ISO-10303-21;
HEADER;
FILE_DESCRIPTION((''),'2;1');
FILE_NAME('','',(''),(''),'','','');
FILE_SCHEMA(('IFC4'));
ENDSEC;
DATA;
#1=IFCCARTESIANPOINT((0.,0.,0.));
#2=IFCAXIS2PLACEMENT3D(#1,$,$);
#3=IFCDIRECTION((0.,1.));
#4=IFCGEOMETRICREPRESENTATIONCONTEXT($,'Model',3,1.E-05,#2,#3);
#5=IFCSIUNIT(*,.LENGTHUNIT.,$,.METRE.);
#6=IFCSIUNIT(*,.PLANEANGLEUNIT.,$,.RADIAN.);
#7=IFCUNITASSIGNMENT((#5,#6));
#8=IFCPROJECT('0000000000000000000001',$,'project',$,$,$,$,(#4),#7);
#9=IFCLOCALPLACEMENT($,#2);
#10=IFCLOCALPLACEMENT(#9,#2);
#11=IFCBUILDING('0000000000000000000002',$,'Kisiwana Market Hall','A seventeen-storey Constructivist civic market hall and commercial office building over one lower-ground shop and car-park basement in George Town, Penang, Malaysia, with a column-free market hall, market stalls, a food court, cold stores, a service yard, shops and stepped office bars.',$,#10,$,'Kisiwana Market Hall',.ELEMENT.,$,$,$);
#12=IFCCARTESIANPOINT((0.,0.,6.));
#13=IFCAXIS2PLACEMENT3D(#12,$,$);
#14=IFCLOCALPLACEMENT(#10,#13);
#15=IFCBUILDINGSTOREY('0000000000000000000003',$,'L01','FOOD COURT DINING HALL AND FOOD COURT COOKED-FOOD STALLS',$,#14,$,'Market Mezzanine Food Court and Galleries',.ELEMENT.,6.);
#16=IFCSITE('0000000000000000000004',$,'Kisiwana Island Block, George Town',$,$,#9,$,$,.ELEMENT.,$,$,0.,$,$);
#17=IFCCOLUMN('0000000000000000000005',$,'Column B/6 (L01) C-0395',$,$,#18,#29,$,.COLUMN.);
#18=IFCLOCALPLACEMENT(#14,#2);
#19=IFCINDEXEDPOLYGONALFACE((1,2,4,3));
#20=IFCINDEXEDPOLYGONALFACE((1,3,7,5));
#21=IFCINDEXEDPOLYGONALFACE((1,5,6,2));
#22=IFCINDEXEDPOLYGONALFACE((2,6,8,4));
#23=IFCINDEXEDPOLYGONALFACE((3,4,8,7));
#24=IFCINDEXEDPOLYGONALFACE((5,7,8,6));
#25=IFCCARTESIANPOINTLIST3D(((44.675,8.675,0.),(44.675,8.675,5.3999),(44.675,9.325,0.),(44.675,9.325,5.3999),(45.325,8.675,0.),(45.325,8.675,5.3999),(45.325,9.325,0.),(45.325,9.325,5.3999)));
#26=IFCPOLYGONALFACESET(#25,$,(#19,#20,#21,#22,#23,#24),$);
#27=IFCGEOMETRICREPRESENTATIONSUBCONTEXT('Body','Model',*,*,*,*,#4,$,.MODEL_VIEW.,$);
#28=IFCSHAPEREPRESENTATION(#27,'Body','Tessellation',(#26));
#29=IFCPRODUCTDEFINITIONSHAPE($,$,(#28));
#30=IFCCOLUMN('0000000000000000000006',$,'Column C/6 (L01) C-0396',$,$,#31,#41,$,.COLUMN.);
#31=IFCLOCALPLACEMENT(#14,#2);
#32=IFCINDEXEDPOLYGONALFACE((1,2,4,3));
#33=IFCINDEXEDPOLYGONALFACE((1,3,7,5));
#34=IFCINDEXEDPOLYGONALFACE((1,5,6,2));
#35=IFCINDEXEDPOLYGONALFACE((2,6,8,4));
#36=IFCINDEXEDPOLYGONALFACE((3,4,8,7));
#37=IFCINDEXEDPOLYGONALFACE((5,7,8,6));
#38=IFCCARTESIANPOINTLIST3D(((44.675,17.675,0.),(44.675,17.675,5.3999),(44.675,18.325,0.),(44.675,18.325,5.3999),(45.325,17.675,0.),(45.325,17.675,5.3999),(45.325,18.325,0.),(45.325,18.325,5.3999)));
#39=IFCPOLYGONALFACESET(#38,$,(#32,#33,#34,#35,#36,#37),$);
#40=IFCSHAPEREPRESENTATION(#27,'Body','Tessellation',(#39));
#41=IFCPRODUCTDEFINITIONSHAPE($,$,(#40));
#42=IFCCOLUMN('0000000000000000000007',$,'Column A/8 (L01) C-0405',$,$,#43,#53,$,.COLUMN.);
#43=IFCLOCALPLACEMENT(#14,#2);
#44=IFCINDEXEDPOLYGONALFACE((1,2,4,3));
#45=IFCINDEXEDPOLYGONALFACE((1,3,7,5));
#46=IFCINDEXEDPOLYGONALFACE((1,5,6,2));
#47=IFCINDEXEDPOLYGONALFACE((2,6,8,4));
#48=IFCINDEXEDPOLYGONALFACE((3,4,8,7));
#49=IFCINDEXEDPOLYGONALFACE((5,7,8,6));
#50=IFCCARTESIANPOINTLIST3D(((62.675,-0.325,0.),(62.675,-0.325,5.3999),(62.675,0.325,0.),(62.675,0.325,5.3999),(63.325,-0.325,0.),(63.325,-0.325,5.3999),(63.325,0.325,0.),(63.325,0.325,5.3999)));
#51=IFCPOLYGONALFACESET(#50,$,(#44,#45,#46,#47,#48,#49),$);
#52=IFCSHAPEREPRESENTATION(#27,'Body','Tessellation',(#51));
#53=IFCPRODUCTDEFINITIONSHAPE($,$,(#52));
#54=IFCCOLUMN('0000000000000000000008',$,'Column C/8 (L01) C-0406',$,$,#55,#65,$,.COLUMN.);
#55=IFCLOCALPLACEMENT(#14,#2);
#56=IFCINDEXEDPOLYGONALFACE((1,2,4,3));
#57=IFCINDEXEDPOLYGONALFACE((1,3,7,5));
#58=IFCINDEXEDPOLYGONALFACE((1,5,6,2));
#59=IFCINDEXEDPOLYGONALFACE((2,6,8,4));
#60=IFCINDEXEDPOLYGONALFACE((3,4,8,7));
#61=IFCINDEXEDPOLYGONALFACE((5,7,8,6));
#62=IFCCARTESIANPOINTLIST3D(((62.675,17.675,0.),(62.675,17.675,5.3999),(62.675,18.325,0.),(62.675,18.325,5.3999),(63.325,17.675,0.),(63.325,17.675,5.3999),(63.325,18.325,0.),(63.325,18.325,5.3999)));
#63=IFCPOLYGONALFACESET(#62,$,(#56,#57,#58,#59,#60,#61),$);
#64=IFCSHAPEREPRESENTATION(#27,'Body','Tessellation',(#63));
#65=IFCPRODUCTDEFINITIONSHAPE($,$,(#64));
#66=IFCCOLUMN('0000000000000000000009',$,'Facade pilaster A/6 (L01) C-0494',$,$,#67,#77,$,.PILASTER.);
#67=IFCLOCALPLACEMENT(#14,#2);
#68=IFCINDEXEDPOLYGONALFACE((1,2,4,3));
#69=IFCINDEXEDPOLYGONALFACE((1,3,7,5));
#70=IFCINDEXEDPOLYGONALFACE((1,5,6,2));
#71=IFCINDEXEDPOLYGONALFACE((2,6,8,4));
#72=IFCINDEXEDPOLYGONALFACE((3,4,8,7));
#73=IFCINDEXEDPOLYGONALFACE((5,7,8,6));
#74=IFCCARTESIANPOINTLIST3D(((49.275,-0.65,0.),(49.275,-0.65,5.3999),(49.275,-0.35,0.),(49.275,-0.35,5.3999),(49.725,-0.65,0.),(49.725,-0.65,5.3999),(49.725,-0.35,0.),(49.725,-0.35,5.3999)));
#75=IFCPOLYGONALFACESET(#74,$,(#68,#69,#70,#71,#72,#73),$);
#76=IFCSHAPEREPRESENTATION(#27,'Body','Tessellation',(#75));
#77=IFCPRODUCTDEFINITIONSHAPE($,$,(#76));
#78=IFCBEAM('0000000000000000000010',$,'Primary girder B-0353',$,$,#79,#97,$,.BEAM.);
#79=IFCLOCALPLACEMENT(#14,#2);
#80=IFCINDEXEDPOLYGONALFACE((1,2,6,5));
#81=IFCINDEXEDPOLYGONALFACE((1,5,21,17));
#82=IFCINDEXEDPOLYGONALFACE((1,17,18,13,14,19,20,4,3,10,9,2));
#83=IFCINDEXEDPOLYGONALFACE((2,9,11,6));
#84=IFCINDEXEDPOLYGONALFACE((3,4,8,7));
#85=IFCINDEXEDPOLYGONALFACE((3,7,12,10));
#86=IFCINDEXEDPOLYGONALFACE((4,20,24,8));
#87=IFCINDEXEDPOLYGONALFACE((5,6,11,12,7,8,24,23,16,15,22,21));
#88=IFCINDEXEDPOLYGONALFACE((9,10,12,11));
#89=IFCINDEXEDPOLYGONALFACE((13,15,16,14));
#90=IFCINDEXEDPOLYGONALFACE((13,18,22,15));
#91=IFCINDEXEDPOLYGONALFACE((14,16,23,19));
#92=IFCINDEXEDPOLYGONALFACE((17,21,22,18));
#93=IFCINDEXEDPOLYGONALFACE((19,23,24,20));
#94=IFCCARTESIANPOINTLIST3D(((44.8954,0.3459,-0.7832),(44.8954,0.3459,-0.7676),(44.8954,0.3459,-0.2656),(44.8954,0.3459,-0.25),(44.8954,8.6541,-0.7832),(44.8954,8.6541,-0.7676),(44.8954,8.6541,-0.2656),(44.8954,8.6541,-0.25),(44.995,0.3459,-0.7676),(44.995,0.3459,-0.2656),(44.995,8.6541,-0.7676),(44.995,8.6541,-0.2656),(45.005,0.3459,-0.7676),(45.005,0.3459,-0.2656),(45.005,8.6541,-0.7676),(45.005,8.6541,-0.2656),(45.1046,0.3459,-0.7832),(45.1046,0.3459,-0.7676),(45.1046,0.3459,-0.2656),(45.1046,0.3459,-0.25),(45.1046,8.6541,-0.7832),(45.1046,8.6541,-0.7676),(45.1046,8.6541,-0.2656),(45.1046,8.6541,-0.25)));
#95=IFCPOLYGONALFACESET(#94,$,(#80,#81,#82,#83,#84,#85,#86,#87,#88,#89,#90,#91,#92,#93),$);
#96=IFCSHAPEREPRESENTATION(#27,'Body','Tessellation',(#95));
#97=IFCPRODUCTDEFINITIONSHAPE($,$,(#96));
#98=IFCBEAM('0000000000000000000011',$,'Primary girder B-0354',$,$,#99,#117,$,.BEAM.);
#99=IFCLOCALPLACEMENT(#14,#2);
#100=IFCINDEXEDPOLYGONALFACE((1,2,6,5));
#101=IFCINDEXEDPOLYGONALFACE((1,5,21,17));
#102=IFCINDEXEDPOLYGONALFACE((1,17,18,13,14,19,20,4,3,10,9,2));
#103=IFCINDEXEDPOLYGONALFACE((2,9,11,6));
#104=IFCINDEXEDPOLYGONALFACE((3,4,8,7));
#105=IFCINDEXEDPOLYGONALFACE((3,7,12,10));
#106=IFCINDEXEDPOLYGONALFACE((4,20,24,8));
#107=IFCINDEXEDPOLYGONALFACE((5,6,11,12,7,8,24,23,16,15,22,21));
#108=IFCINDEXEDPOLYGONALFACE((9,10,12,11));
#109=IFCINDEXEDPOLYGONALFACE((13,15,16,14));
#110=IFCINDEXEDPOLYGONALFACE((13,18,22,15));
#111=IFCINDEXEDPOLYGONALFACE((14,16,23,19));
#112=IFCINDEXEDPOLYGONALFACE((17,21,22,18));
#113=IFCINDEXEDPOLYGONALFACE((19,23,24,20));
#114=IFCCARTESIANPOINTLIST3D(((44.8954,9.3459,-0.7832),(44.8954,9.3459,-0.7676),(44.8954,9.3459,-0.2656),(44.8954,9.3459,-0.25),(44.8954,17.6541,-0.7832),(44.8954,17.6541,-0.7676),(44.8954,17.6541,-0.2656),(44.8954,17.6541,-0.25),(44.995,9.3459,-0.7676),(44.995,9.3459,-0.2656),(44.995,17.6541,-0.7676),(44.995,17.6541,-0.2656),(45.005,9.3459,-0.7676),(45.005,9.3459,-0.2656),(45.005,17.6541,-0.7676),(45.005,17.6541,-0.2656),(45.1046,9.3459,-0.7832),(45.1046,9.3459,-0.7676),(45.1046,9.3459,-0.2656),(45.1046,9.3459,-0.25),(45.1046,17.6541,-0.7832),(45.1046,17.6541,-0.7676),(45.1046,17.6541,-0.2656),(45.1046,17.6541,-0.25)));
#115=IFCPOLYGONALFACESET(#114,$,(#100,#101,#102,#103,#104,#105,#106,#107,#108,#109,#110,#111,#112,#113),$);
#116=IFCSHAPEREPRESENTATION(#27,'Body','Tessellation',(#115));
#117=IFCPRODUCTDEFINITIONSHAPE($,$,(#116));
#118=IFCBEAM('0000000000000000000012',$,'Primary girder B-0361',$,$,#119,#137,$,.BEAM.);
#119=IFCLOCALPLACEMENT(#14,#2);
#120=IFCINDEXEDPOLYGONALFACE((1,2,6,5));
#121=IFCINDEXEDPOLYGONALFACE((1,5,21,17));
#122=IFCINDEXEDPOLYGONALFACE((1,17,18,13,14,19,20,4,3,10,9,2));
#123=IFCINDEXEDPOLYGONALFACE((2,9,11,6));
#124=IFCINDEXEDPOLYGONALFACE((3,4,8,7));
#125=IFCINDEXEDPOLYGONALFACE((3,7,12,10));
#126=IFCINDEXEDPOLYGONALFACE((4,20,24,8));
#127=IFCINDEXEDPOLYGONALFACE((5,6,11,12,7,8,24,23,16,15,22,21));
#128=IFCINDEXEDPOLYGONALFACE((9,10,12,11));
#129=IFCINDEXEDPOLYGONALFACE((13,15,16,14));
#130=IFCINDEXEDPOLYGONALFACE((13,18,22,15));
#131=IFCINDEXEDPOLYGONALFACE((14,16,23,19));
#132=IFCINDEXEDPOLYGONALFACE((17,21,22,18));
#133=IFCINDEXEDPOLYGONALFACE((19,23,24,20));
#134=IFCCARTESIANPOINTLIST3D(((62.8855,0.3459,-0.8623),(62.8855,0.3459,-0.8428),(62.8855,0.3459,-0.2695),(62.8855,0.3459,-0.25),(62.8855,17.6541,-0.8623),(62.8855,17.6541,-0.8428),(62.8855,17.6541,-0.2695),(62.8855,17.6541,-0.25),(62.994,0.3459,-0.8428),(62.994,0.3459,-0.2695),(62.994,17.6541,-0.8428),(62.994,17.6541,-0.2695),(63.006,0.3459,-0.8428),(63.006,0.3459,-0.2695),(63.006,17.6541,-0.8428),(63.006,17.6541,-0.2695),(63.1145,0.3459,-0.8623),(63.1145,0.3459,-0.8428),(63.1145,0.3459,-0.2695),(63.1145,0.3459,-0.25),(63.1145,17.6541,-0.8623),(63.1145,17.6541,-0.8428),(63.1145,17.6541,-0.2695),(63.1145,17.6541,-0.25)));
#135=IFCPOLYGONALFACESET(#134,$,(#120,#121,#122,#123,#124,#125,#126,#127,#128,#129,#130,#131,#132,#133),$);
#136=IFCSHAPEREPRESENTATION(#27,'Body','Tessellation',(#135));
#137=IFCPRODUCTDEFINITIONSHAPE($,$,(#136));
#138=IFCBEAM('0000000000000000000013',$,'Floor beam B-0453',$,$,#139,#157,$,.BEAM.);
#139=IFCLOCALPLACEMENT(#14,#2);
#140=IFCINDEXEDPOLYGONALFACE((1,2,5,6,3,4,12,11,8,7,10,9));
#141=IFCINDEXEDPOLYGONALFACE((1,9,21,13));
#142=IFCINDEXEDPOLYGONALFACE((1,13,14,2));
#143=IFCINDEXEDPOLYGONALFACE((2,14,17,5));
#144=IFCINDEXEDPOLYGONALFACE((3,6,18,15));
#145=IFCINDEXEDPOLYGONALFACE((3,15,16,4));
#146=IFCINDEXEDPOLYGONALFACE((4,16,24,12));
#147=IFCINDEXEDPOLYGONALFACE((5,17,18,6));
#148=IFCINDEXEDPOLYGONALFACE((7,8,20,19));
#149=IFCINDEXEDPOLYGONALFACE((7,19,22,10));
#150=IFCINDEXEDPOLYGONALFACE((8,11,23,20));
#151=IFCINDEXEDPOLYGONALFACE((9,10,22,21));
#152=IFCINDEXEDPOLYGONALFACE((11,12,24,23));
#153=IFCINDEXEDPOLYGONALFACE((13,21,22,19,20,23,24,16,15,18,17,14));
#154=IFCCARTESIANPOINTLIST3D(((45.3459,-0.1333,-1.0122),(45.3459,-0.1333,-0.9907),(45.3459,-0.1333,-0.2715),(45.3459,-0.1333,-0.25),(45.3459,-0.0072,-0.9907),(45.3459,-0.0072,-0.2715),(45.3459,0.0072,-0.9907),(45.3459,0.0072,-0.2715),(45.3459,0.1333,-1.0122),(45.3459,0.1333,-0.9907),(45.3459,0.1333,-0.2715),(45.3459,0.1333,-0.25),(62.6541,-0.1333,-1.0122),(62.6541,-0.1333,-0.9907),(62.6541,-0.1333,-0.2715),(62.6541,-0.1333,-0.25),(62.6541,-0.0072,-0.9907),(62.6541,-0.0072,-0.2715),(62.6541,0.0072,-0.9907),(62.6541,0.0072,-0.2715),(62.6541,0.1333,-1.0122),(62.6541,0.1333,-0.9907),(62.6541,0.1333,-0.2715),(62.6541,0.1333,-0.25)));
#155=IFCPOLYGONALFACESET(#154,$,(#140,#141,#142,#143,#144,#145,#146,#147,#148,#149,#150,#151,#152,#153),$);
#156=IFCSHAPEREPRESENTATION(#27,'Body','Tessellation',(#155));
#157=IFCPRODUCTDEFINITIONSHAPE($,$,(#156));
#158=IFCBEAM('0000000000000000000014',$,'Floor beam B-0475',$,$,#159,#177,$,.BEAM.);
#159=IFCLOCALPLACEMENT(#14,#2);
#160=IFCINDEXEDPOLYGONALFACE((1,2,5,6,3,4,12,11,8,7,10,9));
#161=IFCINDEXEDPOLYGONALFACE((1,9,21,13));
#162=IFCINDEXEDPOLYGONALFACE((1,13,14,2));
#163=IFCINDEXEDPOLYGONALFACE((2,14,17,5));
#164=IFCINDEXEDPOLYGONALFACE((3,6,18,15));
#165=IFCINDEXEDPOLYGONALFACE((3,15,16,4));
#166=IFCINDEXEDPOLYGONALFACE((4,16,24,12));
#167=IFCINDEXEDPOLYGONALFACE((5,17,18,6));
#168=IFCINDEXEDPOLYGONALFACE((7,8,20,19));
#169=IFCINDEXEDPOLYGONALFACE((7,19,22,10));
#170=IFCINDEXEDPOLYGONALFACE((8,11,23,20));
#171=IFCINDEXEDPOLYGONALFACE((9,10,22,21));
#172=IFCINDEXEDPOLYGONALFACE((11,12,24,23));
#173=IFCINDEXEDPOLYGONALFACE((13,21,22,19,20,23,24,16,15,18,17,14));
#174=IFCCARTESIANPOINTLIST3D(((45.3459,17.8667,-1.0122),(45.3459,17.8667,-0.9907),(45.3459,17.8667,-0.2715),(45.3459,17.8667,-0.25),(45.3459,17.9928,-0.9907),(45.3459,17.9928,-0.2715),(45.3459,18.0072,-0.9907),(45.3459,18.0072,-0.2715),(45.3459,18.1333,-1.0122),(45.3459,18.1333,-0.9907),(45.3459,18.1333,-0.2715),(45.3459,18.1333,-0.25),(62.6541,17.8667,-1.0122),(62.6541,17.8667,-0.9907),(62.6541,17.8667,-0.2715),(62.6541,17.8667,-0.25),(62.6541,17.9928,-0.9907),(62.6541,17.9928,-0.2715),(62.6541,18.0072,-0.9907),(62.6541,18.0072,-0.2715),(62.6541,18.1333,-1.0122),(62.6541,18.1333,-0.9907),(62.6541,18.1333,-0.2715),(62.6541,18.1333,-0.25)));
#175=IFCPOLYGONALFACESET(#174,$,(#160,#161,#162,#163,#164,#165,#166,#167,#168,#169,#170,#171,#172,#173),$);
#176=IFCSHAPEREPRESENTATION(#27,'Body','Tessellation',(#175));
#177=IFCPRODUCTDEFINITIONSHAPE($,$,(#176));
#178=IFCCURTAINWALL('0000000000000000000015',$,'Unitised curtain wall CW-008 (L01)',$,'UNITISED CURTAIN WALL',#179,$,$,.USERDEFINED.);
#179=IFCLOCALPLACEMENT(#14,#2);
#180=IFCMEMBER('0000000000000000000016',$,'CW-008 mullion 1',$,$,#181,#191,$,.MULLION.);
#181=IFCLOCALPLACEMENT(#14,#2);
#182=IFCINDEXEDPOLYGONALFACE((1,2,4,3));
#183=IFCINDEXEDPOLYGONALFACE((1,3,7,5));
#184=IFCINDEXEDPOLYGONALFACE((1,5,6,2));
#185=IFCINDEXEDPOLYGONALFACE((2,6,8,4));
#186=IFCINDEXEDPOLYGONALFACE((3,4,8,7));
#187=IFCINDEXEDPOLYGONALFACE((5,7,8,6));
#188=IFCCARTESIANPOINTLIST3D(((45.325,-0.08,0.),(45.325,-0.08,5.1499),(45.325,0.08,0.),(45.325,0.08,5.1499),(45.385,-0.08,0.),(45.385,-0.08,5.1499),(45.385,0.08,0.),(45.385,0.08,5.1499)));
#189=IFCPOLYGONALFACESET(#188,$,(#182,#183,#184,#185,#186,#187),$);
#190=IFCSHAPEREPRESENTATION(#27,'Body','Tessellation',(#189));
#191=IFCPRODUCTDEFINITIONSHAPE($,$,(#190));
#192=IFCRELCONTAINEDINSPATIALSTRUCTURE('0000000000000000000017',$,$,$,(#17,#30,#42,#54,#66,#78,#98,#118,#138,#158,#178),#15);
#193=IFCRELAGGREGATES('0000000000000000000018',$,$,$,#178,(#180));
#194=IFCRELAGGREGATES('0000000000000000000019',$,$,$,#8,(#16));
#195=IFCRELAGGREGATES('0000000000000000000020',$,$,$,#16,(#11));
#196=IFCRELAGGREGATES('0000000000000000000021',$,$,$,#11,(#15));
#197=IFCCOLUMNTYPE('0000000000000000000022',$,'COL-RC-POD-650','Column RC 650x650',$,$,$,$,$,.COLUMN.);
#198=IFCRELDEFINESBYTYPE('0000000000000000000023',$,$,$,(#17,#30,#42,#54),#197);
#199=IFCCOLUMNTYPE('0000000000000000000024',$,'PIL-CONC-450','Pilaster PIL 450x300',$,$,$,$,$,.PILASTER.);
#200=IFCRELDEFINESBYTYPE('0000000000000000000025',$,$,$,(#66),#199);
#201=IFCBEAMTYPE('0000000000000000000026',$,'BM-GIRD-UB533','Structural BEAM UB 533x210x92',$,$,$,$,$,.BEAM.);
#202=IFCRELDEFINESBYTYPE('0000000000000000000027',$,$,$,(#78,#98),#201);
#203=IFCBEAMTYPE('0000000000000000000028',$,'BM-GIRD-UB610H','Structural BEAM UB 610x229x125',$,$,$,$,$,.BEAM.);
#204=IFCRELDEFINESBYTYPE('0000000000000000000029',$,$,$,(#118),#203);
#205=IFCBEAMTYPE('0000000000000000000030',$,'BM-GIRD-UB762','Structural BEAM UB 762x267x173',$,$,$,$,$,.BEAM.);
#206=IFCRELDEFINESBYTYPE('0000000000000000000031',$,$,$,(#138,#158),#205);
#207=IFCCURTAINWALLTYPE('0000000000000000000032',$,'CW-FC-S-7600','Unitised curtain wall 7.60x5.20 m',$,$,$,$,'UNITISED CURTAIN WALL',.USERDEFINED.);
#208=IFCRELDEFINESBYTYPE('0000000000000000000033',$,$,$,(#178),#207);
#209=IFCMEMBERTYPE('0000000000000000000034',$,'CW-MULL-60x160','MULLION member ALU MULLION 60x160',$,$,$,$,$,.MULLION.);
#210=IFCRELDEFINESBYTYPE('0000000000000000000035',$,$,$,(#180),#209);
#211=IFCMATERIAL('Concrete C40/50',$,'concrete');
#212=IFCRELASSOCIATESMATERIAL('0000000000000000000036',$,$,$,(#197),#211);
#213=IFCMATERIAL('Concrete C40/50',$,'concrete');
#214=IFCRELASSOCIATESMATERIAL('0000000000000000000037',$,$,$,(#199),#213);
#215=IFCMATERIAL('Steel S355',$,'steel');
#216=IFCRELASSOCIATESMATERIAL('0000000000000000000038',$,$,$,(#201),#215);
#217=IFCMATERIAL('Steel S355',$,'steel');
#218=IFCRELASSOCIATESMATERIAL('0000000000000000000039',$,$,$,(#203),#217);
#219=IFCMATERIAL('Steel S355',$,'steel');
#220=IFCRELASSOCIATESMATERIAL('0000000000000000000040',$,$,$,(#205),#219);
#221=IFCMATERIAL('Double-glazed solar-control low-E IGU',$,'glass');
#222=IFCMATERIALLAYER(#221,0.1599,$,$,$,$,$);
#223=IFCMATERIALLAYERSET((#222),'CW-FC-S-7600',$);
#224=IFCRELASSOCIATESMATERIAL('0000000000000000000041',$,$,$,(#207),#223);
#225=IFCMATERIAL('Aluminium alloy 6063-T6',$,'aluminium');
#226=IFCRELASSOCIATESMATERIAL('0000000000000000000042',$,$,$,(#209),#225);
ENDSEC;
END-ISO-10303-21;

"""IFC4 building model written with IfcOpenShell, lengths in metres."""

from ifc_helpers import new_model, si_unit, direction, frame, origin, origin_2d, place, context, subcontext, project, spatial, rectangle, i_section, extrude, material, layer, layer_set, material_profile, profile_set, type_object, element, aggregate, save


model = new_model("IFC4")

# Units and contexts
model_context = context("Model", 3, precision=1e-05, world=origin(), true_north=direction((0.0, 1.0)))
body_context = subcontext(model_context, "Body", "Model", "MODEL_VIEW")
ifc_project = project(units=[si_unit("LENGTHUNIT", "METRE"), si_unit("PLANEANGLEUNIT", "RADIAN")], contexts=[model_context])

# Site, building, storey
site_placement = place(None, origin())
site = spatial("IfcSite", under=ifc_project, at=site_placement, Name="Kisiwana Island Block, George Town", CompositionType="ELEMENT", RefElevation=0.0)
building_placement = place(site_placement, origin())
building = spatial("IfcBuilding", under=site, at=building_placement, Name="Kisiwana Market Hall", Description="A seventeen-storey Constructivist civic market hall and commercial office building over one lower-ground shop and car-park basement in George Town, Penang, Malaysia, with a column-free market hall, market stalls, a food court, cold stores, a service yard, shops and stepped office bars.", LongName="Kisiwana Market Hall", CompositionType="ELEMENT")
storey_placement = place(building_placement, frame((0.0, 0.0, 6.0)))
storey = spatial("IfcBuildingStorey", under=building, at=storey_placement, Name="L01", Description="FOOD COURT DINING HALL AND FOOD COURT COOKED-FOOD STALLS", LongName="Market Mezzanine Food Court and Galleries", CompositionType="ELEMENT", Elevation=6.0)

# Columns
ifc_material_1 = material(Name="Concrete C40/50", Category="concrete")
ifc_material_profile_1 = material_profile(ifc_material_1, rectangle(XDim=0.6499, YDim=0.6499, at=origin_2d()), Name="RC 650x650")
ifc_profile_set_1 = profile_set([ifc_material_profile_1], Name="Concrete C40/50")
column_type_1 = type_object("IfcColumnType", Name="COL-RC-POD-650", Description="Column RC 650x650", PredefinedType="COLUMN", material=ifc_profile_set_1)
for number, where, z_axis, x_axis, name in (
    (1, (45.0, 9.0, 0.0), (0.0, 0.0, 1.0), (1.0, 0.0, 0.0), "Column B/6 (L01) C-0395"),
    (2, (45.0, 18.0, 0.0), (0.0, 0.0, 1.0), (1.0, 0.0, 0.0), "Column C/6 (L01) C-0396"),
    (3, (63.0, 0.0, 0.0), (0.0, 0.0, 1.0), (1.0, 0.0, 0.0), "Column A/8 (L01) C-0405"),
    (4, (63.0, 18.0, 0.0), (0.0, 0.0, 1.0), (1.0, 0.0, 0.0), "Column C/8 (L01) C-0406"),
):
    element("IfcColumn", number, at=place(storey_placement, frame(where, z_axis=z_axis, x_axis=x_axis)), inside=storey, type_object=column_type_1, Name=name, PredefinedType="COLUMN", context=body_context, shape_type="SweptSolid", body=[
        extrude(rectangle(XDim=0.6499, YDim=0.6499, at=origin_2d()), origin(), (0.0, 0.0, 1.0), 5.3999),
    ])
ifc_material_2 = material(Name="Concrete C40/50", Category="concrete")
ifc_material_profile_2 = material_profile(ifc_material_2, rectangle(XDim=0.45, YDim=0.3, at=origin_2d()), Name="PIL 450x300")
ifc_profile_set_2 = profile_set([ifc_material_profile_2], Name="Concrete C40/50")
column_type_2 = type_object("IfcColumnType", Name="PIL-CONC-450", Description="Pilaster PIL 450x300", PredefinedType="PILASTER", material=ifc_profile_set_2)
column_placement = place(storey_placement, frame((49.5, -0.5, 0.0), z_axis=(0.0, 0.0, 1.0), x_axis=(1.0, 0.0, 0.0)))
element("IfcColumn", 5, at=column_placement, inside=storey, type_object=column_type_2, Name="Facade pilaster A/6 (L01) C-0494", PredefinedType="PILASTER", context=body_context, shape_type="SweptSolid", body=[
    extrude(rectangle(XDim=0.45, YDim=0.3, at=origin_2d()), origin(), (0.0, 0.0, 1.0), 5.3999),
])

# Beams
ifc_material_3 = material(Name="Steel S355", Category="steel")
ifc_material_profile_3 = material_profile(ifc_material_3, i_section(OverallWidth=0.2092, OverallDepth=0.5332, WebThickness=0.01, FlangeThickness=0.0156, at=origin_2d()), Name="UB 533x210x92")
ifc_profile_set_3 = profile_set([ifc_material_profile_3], Name="Steel S355")
beam_type_1 = type_object("IfcBeamType", Name="BM-GIRD-UB533", Description="Structural BEAM UB 533x210x92", PredefinedType="BEAM", material=ifc_profile_set_3)
for number, where, z_axis, x_axis, name in (
    (6, (45.0, 0.3459, -0.5166), (0.0, 1.0, 0.0), (-1.0, 0.0, 0.0), "Primary girder B-0353"),
    (7, (45.0, 9.3459, -0.5166), (0.0, 1.0, 0.0), (-1.0, 0.0, 0.0), "Primary girder B-0354"),
):
    element("IfcBeam", number, at=place(storey_placement, frame(where, z_axis=z_axis, x_axis=x_axis)), inside=storey, type_object=beam_type_1, Name=name, PredefinedType="BEAM", context=body_context, shape_type="SweptSolid", body=[
        extrude(i_section(OverallWidth=0.2092, OverallDepth=0.5332, WebThickness=0.01, FlangeThickness=0.0156, at=origin_2d()), origin(), (0.0, 0.0, 1.0), 8.3081),
    ])
ifc_material_4 = material(Name="Steel S355", Category="steel")
ifc_material_profile_4 = material_profile(ifc_material_4, i_section(OverallWidth=0.229, OverallDepth=0.6123, WebThickness=0.012, FlangeThickness=0.0195, at=origin_2d()), Name="UB 610x229x125")
ifc_profile_set_4 = profile_set([ifc_material_profile_4], Name="Steel S355")
beam_type_2 = type_object("IfcBeamType", Name="BM-GIRD-UB610H", Description="Structural BEAM UB 610x229x125", PredefinedType="BEAM", material=ifc_profile_set_4)
beam_placement = place(storey_placement, frame((63.0, 0.3459, -0.5562), z_axis=(0.0, 1.0, 0.0), x_axis=(-1.0, 0.0, 0.0)))
element("IfcBeam", 8, at=beam_placement, inside=storey, type_object=beam_type_2, Name="Primary girder B-0361", PredefinedType="BEAM", context=body_context, shape_type="SweptSolid", body=[
    extrude(i_section(OverallWidth=0.229, OverallDepth=0.6123, WebThickness=0.012, FlangeThickness=0.0195, at=origin_2d()), origin(), (0.0, 0.0, 1.0), 17.3081),
])
ifc_material_5 = material(Name="Steel S355", Category="steel")
ifc_material_profile_5 = material_profile(ifc_material_5, i_section(OverallWidth=0.2666, OverallDepth=0.7622, WebThickness=0.0144, FlangeThickness=0.0215, at=origin_2d()), Name="UB 762x267x173")
ifc_profile_set_5 = profile_set([ifc_material_profile_5], Name="Steel S355")
beam_type_3 = type_object("IfcBeamType", Name="BM-GIRD-UB762", Description="Structural BEAM UB 762x267x173", PredefinedType="BEAM", material=ifc_profile_set_5)
for number, where, z_axis, x_axis, name in (
    (9, (45.3459, 0.0, -0.6311), (1.0, 0.0, 0.0), (0.0, 1.0, 0.0), "Floor beam B-0453"),
    (10, (45.3459, 18.0, -0.6311), (1.0, 0.0, 0.0), (0.0, 1.0, 0.0), "Floor beam B-0475"),
):
    element("IfcBeam", number, at=place(storey_placement, frame(where, z_axis=z_axis, x_axis=x_axis)), inside=storey, type_object=beam_type_3, Name=name, PredefinedType="BEAM", context=body_context, shape_type="SweptSolid", body=[
        extrude(i_section(OverallWidth=0.2666, OverallDepth=0.7622, WebThickness=0.0144, FlangeThickness=0.0215, at=origin_2d()), origin(), (0.0, 0.0, 1.0), 17.3081),
    ])

# Curtain wall, member
ifc_material_6 = material(Name="Double-glazed solar-control low-E IGU", Category="glass")
ifc_layer_1 = layer(ifc_material_6, 0.1599)
ifc_layer_set_1 = layer_set([ifc_layer_1], Name="CW-FC-S-7600")
curtain_wall_type = type_object("IfcCurtainWallType", Name="CW-FC-S-7600", Description="Unitised curtain wall 7.60x5.20 m", ElementType="UNITISED CURTAIN WALL", PredefinedType="USERDEFINED", material=ifc_layer_set_1)
curtain_wall_placement = place(storey_placement, origin())
curtain_wall = element("IfcCurtainWall", 11, at=curtain_wall_placement, inside=storey, type_object=curtain_wall_type, Name="Unitised curtain wall CW-008 (L01)", ObjectType="UNITISED CURTAIN WALL", PredefinedType="USERDEFINED")
ifc_material_7 = material(Name="Aluminium alloy 6063-T6", Category="aluminium")
ifc_material_profile_6 = material_profile(ifc_material_7, rectangle(XDim=0.0601, YDim=0.1599, at=origin_2d()), Name="ALU MULLION 60x160")
ifc_profile_set_6 = profile_set([ifc_material_profile_6], Name="Aluminium alloy 6063-T6")
member_type_1 = type_object("IfcMemberType", Name="CW-MULL-60x160", Description="MULLION member ALU MULLION 60x160", PredefinedType="MULLION", material=ifc_profile_set_6)
member_1_placement = place(storey_placement, frame((45.355, 0.0, 0.0), z_axis=(0.0, 0.0, 1.0), x_axis=(1.0, 0.0, 0.0)))
member_1 = element("IfcMember", 12, at=member_1_placement, type_object=member_type_1, Name="CW-008 mullion 1", PredefinedType="MULLION", context=body_context, shape_type="SweptSolid", body=[
    extrude(rectangle(XDim=0.0601, YDim=0.1599, at=origin_2d()), origin(), (0.0, 0.0, 1.0), 5.1499),
])
aggregate(curtain_wall, [member_1])

save(model, "model.ifc")
